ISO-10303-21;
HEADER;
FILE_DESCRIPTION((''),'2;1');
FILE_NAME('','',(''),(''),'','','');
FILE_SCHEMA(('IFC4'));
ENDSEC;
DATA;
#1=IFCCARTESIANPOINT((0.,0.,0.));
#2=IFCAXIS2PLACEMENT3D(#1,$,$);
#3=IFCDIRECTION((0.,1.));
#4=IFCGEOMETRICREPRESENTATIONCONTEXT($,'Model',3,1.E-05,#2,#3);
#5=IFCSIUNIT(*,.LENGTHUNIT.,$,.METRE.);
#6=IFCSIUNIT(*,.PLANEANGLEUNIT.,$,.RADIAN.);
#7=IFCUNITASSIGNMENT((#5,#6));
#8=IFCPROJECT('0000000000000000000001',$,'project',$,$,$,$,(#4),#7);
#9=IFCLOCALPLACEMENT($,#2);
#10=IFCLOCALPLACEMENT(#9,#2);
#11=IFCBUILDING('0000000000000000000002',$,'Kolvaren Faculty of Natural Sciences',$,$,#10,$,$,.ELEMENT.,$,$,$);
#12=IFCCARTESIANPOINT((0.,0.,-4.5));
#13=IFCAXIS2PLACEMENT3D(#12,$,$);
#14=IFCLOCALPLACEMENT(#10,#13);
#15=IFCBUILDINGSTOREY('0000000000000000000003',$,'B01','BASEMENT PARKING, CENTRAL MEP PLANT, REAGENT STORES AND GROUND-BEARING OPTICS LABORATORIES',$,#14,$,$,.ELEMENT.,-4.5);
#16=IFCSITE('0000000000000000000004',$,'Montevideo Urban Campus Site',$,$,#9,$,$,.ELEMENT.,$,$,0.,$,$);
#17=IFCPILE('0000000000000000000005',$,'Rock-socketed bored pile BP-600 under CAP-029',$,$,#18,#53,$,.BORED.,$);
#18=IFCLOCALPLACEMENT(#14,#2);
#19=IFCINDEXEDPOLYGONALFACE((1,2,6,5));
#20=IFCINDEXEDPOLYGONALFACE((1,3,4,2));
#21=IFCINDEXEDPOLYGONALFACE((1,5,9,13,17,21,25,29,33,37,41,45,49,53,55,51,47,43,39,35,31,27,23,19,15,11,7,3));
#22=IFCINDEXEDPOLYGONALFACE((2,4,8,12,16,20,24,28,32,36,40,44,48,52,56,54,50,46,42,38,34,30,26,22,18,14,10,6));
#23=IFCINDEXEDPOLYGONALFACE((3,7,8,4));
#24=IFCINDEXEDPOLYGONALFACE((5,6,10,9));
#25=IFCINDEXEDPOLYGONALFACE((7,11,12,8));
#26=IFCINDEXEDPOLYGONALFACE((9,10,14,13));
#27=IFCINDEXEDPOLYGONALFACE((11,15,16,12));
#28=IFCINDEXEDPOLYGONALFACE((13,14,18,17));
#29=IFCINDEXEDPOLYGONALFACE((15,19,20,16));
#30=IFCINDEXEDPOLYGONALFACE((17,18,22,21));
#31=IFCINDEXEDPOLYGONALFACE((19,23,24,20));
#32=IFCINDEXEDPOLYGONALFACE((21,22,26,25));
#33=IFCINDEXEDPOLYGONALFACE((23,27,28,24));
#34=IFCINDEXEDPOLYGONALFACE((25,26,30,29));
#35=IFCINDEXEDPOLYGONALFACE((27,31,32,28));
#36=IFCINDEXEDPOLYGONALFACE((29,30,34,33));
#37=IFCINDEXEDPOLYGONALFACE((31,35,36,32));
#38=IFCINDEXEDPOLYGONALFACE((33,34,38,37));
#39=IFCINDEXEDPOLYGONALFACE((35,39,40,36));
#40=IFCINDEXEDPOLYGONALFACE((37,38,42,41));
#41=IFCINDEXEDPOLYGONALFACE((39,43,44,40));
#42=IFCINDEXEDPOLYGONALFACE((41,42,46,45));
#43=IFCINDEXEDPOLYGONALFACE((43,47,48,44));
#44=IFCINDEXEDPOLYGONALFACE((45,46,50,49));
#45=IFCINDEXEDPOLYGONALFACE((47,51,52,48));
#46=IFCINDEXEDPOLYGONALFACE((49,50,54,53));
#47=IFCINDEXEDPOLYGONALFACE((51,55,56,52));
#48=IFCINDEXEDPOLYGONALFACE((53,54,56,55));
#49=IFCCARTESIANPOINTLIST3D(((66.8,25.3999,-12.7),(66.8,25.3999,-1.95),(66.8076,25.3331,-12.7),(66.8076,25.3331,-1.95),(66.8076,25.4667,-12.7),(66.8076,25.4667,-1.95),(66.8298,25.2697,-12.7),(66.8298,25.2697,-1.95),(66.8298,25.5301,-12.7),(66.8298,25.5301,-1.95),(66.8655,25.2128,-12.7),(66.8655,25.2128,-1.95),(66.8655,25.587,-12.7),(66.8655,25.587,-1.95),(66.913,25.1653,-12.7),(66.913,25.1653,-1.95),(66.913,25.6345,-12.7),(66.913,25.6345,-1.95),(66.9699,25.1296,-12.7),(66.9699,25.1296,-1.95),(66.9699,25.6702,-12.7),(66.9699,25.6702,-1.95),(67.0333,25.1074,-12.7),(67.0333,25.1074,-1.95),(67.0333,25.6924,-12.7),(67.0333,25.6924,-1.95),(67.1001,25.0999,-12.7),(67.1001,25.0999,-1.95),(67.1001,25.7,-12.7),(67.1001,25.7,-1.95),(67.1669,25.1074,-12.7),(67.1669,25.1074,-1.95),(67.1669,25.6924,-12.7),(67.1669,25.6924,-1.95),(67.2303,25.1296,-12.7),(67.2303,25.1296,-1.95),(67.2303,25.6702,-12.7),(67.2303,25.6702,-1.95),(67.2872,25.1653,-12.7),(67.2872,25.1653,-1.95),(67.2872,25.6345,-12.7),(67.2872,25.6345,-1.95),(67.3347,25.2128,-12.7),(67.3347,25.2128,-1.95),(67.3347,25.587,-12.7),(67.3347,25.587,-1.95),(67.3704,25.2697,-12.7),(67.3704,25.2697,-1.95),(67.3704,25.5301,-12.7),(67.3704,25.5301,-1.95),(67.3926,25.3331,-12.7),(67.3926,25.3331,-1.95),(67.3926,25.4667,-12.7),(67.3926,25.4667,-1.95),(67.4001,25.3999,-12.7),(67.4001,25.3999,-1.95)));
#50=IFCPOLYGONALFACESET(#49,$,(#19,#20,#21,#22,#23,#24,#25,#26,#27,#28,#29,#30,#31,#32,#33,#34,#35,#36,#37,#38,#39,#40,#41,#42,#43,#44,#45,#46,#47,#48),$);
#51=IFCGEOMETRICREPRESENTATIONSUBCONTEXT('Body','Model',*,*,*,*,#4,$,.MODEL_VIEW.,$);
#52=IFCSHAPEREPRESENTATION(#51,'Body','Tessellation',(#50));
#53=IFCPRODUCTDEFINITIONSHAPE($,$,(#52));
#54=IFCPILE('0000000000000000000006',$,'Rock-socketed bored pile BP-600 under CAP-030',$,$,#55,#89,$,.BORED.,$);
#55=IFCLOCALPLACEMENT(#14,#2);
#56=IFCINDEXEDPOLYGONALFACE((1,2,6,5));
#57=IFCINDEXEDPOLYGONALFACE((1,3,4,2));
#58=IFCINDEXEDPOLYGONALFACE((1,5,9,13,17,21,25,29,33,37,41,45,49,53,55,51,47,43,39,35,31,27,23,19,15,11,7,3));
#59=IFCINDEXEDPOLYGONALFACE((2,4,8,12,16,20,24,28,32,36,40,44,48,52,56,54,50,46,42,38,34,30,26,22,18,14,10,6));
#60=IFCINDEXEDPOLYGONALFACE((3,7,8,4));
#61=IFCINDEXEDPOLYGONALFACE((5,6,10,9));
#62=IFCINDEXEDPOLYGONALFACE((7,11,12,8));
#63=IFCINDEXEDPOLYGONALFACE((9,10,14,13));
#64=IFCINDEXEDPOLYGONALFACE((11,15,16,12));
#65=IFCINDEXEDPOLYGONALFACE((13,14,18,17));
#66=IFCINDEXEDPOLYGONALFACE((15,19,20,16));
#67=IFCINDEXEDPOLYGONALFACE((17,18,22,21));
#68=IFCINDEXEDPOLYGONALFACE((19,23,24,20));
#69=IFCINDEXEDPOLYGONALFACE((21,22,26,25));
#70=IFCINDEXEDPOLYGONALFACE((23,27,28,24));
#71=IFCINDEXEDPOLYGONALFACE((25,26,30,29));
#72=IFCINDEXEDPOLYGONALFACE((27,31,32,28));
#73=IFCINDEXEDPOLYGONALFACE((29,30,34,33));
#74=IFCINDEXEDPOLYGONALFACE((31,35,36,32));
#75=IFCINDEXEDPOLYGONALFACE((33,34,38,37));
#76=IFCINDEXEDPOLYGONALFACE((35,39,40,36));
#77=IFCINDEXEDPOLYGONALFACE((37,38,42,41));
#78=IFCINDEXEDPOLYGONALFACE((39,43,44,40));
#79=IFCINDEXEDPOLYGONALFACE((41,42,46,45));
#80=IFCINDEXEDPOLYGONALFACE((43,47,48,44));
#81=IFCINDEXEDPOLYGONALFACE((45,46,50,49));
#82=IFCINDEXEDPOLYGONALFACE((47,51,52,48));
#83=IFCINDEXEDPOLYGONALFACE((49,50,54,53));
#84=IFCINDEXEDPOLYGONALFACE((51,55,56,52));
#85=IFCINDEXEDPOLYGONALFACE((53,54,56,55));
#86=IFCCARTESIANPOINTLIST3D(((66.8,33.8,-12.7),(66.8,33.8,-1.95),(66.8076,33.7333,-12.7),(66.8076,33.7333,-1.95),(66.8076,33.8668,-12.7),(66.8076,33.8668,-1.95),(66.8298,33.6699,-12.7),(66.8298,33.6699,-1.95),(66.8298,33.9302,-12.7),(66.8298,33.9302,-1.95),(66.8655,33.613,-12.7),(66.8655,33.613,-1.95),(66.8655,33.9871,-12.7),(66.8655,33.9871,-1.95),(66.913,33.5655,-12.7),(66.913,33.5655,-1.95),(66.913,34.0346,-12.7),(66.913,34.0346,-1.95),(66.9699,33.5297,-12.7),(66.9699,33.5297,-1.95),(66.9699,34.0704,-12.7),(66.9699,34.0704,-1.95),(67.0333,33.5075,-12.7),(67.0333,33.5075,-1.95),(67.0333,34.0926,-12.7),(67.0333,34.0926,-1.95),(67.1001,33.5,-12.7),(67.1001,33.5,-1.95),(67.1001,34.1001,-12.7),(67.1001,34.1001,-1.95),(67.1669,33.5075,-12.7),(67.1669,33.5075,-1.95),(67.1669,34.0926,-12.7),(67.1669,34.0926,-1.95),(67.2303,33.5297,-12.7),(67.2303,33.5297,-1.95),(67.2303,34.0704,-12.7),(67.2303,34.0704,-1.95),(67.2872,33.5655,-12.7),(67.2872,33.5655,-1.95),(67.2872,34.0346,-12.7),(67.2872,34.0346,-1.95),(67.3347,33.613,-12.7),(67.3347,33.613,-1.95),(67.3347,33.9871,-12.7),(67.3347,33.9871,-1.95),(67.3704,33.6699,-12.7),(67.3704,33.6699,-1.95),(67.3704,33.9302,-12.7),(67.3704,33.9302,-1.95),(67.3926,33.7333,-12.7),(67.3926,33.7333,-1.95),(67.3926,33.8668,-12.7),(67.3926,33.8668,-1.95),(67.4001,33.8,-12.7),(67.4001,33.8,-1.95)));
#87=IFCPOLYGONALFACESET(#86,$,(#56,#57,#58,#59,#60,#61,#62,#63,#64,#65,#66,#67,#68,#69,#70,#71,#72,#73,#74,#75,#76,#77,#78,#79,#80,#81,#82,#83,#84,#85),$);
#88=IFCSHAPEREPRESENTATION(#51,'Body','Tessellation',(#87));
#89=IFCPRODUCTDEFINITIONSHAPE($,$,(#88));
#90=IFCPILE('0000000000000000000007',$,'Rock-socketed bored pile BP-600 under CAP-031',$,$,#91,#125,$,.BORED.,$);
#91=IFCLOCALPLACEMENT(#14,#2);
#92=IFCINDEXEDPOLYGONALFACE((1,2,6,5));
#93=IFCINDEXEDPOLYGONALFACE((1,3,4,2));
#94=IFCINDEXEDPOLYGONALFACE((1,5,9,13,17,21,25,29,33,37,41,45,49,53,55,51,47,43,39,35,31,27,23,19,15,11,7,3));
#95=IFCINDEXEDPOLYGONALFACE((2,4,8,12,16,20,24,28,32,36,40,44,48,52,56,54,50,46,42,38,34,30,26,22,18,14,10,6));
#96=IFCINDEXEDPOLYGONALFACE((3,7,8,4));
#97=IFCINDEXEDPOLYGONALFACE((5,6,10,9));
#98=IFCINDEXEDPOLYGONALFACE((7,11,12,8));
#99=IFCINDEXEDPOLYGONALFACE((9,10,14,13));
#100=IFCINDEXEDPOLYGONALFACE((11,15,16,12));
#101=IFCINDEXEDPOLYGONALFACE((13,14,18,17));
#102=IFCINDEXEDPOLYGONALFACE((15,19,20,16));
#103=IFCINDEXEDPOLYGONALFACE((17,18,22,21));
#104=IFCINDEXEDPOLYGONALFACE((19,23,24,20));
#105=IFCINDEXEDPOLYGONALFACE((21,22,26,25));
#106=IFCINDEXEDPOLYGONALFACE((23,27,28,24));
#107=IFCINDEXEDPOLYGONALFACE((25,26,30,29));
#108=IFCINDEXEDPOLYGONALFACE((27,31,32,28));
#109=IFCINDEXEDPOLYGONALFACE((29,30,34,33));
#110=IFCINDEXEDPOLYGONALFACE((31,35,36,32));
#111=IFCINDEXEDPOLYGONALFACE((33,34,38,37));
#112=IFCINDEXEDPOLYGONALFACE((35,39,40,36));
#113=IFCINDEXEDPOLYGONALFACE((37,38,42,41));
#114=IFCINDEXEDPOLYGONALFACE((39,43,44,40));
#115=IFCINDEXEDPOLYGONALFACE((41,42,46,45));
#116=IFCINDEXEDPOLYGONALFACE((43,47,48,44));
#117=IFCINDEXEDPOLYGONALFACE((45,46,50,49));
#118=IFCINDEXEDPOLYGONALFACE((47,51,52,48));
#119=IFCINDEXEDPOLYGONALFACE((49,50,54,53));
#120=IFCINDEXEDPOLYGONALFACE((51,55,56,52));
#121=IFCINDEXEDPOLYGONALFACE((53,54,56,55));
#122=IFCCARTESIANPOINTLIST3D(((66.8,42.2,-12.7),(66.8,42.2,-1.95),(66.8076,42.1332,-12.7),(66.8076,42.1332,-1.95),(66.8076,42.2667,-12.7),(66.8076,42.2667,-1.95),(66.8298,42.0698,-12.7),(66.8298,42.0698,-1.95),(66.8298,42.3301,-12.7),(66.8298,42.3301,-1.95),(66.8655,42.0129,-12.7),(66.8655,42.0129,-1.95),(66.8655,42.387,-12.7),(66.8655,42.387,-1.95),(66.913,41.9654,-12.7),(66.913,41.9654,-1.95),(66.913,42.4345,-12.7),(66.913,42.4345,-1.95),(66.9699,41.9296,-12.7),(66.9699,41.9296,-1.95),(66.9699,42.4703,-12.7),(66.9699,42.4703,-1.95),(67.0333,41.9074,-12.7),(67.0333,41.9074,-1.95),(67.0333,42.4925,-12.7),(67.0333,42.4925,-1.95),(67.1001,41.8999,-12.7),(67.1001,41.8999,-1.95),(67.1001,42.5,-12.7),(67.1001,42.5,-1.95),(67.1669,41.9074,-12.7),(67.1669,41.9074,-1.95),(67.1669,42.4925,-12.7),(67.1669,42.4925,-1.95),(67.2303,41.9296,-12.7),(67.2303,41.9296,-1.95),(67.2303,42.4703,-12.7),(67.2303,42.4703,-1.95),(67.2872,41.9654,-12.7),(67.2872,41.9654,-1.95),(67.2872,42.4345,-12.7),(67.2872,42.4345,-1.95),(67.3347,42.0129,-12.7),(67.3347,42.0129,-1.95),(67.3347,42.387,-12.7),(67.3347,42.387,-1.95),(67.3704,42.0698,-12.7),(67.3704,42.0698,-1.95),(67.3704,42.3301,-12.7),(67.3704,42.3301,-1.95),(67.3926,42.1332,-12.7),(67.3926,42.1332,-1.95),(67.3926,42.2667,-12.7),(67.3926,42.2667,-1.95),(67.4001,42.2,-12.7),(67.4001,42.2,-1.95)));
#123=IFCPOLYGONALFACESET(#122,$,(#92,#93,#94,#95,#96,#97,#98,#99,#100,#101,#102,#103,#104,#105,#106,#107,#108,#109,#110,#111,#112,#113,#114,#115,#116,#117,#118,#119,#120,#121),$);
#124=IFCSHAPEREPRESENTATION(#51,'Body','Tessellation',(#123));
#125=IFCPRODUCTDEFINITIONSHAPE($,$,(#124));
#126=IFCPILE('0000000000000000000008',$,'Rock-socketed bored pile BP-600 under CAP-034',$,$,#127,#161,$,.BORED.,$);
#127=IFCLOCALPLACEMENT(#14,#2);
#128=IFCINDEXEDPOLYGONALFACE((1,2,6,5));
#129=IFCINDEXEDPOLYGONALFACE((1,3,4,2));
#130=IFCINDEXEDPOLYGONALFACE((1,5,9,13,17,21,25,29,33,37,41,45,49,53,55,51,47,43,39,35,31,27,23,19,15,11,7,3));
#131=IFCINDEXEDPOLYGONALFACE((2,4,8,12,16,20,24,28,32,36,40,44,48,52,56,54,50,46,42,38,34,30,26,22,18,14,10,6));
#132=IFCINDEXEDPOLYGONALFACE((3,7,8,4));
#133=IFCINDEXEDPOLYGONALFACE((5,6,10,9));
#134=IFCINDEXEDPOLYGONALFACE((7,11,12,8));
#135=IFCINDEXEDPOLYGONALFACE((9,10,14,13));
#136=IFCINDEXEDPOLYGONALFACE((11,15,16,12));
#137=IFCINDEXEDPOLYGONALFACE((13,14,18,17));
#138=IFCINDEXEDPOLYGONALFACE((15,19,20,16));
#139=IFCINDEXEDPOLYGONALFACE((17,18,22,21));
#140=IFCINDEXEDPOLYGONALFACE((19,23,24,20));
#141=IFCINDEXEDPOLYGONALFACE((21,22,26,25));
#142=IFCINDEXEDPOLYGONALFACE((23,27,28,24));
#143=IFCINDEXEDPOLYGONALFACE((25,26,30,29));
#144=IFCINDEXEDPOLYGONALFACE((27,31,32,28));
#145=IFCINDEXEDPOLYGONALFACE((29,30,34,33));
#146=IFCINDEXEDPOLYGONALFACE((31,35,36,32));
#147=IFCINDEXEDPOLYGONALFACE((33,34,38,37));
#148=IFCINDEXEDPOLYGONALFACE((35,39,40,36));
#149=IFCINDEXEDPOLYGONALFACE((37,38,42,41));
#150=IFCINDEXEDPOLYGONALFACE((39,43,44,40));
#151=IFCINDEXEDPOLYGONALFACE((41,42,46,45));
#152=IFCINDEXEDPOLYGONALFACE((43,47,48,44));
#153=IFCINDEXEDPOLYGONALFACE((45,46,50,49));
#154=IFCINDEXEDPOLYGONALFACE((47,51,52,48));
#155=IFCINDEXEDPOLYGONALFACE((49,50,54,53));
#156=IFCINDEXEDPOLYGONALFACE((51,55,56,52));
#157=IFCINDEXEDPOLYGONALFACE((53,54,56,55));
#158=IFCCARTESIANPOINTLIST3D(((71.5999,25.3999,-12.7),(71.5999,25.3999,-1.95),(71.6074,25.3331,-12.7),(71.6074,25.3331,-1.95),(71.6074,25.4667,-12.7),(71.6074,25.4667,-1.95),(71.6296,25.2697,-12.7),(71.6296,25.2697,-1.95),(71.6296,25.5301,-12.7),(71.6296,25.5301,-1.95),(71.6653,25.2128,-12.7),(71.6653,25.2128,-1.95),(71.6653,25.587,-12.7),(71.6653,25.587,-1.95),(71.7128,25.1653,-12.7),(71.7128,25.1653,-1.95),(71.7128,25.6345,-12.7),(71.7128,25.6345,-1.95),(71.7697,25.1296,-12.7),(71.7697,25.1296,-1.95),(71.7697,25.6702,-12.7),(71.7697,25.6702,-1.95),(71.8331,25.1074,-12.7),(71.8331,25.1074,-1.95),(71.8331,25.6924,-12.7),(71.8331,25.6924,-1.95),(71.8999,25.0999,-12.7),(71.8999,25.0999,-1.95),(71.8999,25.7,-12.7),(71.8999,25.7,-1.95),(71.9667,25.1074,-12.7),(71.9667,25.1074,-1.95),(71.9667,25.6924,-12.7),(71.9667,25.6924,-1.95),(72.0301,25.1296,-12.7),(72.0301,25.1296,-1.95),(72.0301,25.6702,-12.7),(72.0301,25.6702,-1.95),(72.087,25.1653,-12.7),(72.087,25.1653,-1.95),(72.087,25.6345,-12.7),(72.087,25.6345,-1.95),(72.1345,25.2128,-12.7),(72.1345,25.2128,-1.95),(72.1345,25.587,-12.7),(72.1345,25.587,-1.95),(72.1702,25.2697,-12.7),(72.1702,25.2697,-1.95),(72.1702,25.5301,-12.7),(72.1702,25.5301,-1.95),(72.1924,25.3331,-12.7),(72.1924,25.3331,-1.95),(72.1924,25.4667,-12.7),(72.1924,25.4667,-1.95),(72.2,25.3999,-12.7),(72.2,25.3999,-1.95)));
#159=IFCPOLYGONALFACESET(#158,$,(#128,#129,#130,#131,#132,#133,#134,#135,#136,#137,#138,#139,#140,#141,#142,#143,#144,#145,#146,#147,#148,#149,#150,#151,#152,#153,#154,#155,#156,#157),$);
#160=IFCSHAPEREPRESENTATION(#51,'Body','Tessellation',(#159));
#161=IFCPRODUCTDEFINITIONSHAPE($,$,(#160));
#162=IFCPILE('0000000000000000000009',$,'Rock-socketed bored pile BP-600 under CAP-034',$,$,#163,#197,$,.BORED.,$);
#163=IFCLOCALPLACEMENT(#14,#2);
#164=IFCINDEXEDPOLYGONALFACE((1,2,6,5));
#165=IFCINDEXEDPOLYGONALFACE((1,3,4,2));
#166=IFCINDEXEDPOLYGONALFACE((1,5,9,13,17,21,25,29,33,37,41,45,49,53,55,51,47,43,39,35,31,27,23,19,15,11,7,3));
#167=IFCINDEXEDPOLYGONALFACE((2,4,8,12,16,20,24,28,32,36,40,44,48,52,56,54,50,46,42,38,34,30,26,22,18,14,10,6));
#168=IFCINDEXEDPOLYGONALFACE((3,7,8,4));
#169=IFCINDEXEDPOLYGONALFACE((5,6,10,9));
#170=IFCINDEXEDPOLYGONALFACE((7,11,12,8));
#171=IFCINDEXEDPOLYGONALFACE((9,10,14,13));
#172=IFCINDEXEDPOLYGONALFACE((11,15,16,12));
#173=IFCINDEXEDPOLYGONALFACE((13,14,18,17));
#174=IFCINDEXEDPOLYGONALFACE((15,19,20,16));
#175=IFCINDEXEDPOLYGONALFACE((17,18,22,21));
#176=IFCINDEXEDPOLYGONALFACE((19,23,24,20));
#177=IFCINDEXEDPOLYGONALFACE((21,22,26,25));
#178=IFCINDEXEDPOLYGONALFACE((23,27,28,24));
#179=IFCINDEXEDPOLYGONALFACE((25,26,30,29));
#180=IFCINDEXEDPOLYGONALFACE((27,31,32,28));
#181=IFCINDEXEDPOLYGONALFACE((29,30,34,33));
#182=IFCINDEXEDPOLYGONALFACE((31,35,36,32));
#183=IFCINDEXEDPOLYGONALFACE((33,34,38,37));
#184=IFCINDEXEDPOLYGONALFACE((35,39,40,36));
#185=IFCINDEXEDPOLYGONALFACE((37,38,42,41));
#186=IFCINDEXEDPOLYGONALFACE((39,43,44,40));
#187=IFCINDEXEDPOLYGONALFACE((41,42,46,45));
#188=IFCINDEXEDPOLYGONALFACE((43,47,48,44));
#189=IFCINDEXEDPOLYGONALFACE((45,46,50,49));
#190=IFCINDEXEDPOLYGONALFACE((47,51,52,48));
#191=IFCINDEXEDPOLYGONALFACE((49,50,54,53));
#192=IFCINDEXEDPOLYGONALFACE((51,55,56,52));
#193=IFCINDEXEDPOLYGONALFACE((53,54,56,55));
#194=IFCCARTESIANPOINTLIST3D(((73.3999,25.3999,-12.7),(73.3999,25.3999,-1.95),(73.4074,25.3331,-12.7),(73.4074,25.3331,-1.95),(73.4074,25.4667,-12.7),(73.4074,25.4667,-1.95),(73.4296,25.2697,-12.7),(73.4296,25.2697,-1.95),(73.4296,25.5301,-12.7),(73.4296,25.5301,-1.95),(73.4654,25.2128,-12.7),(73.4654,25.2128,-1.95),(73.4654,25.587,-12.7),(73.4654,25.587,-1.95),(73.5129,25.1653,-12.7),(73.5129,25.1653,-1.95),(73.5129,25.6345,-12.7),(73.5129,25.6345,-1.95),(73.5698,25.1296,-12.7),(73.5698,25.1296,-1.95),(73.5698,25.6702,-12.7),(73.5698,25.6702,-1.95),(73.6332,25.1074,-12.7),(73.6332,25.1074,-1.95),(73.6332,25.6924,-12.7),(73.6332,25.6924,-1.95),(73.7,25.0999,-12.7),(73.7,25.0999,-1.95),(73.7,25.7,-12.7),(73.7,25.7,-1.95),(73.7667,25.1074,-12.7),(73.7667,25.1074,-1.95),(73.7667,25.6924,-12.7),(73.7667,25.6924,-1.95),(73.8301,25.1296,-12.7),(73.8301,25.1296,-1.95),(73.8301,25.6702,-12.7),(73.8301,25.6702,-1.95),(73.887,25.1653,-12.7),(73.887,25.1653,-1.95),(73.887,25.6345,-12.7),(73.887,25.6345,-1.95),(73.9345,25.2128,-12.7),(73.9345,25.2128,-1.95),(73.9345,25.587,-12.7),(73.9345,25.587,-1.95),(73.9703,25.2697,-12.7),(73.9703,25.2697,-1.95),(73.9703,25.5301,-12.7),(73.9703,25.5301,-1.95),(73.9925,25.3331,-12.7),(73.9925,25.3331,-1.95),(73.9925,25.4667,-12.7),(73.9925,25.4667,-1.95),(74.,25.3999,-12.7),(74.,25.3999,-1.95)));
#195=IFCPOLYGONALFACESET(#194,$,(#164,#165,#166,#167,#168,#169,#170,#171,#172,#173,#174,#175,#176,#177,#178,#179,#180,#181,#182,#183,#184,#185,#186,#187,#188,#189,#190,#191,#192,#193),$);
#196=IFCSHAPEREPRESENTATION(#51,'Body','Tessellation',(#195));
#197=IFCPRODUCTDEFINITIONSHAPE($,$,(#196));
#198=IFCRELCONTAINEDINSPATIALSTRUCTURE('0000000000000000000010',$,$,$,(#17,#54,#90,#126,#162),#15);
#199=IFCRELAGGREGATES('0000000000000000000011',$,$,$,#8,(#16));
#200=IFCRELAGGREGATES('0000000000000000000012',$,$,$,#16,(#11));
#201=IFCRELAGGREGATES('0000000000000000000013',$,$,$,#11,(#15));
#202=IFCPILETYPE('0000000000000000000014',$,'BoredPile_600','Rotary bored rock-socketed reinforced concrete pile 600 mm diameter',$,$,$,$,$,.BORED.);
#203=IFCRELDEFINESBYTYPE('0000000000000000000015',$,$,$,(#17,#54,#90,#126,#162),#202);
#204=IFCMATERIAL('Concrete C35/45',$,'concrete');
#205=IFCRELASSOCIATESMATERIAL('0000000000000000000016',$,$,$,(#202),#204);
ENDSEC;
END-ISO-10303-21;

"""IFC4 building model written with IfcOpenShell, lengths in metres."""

from ifc_helpers import new_model, si_unit, direction, frame, origin, origin_2d, place, context, subcontext, project, spatial, circle, extrude, material, material_profile, profile_set, type_object, element, save


model = new_model("IFC4")

# Units and contexts
model_context = context("Model", 3, precision=1e-05, world=origin(), true_north=direction((0.0, 1.0)))
body_context = subcontext(model_context, "Body", "Model", "MODEL_VIEW")
ifc_project = project(units=[si_unit("LENGTHUNIT", "METRE"), si_unit("PLANEANGLEUNIT", "RADIAN")], contexts=[model_context])

# Site, building, storey
site_placement = place(None, origin())
site = spatial("IfcSite", under=ifc_project, at=site_placement, Name="Montevideo Urban Campus Site", CompositionType="ELEMENT", RefElevation=0.0)
building_placement = place(site_placement, origin())
building = spatial("IfcBuilding", under=site, at=building_placement, Name="Kolvaren Faculty of Natural Sciences", CompositionType="ELEMENT")
storey_placement = place(building_placement, frame((0.0, 0.0, -4.5)))
storey = spatial("IfcBuildingStorey", under=building, at=storey_placement, Name="B01", Description="BASEMENT PARKING, CENTRAL MEP PLANT, REAGENT STORES AND GROUND-BEARING OPTICS LABORATORIES", CompositionType="ELEMENT", Elevation=-4.5)

# Piles
ifc_material = material(Name="Concrete C35/45", Category="concrete")
ifc_material_profile_1 = material_profile(ifc_material, circle(Radius=0.3, at=origin_2d()), Name="PILE D600")
ifc_profile_set_1 = profile_set([ifc_material_profile_1], Name="Concrete C35/45")
pile_type = type_object("IfcPileType", Name="BoredPile_600", Description="Rotary bored rock-socketed reinforced concrete pile 600 mm diameter", PredefinedType="BORED", material=ifc_profile_set_1)
for number, where, z_axis, x_axis, name in (
    (1, (67.1001, 25.3999, -1.95), (0.0, 0.0, -1.0), (1.0, 0.0, 0.0), "Rock-socketed bored pile BP-600 under CAP-029"),
    (2, (67.1001, 33.8, -1.95), (0.0, 0.0, -1.0), (1.0, 0.0, 0.0), "Rock-socketed bored pile BP-600 under CAP-030"),
    (3, (67.1001, 42.2, -1.95), (0.0, 0.0, -1.0), (1.0, 0.0, 0.0), "Rock-socketed bored pile BP-600 under CAP-031"),
    (4, (71.8999, 25.3999, -1.95), (0.0, 0.0, -1.0), (1.0, 0.0, 0.0), "Rock-socketed bored pile BP-600 under CAP-034"),
    (5, (73.7, 25.3999, -1.95), (0.0, 0.0, -1.0), (1.0, 0.0, 0.0), "Rock-socketed bored pile BP-600 under CAP-034"),
):
    element("IfcPile", number, at=place(storey_placement, frame(where, z_axis=z_axis, x_axis=x_axis)), inside=storey, type_object=pile_type, Name=name, PredefinedType="BORED", context=body_context, shape_type="SweptSolid", body=[
        extrude(circle(Radius=0.3, at=origin_2d()), origin(), (0.0, 0.0, 1.0), 10.75),
    ])

save(model, "model.ifc")
